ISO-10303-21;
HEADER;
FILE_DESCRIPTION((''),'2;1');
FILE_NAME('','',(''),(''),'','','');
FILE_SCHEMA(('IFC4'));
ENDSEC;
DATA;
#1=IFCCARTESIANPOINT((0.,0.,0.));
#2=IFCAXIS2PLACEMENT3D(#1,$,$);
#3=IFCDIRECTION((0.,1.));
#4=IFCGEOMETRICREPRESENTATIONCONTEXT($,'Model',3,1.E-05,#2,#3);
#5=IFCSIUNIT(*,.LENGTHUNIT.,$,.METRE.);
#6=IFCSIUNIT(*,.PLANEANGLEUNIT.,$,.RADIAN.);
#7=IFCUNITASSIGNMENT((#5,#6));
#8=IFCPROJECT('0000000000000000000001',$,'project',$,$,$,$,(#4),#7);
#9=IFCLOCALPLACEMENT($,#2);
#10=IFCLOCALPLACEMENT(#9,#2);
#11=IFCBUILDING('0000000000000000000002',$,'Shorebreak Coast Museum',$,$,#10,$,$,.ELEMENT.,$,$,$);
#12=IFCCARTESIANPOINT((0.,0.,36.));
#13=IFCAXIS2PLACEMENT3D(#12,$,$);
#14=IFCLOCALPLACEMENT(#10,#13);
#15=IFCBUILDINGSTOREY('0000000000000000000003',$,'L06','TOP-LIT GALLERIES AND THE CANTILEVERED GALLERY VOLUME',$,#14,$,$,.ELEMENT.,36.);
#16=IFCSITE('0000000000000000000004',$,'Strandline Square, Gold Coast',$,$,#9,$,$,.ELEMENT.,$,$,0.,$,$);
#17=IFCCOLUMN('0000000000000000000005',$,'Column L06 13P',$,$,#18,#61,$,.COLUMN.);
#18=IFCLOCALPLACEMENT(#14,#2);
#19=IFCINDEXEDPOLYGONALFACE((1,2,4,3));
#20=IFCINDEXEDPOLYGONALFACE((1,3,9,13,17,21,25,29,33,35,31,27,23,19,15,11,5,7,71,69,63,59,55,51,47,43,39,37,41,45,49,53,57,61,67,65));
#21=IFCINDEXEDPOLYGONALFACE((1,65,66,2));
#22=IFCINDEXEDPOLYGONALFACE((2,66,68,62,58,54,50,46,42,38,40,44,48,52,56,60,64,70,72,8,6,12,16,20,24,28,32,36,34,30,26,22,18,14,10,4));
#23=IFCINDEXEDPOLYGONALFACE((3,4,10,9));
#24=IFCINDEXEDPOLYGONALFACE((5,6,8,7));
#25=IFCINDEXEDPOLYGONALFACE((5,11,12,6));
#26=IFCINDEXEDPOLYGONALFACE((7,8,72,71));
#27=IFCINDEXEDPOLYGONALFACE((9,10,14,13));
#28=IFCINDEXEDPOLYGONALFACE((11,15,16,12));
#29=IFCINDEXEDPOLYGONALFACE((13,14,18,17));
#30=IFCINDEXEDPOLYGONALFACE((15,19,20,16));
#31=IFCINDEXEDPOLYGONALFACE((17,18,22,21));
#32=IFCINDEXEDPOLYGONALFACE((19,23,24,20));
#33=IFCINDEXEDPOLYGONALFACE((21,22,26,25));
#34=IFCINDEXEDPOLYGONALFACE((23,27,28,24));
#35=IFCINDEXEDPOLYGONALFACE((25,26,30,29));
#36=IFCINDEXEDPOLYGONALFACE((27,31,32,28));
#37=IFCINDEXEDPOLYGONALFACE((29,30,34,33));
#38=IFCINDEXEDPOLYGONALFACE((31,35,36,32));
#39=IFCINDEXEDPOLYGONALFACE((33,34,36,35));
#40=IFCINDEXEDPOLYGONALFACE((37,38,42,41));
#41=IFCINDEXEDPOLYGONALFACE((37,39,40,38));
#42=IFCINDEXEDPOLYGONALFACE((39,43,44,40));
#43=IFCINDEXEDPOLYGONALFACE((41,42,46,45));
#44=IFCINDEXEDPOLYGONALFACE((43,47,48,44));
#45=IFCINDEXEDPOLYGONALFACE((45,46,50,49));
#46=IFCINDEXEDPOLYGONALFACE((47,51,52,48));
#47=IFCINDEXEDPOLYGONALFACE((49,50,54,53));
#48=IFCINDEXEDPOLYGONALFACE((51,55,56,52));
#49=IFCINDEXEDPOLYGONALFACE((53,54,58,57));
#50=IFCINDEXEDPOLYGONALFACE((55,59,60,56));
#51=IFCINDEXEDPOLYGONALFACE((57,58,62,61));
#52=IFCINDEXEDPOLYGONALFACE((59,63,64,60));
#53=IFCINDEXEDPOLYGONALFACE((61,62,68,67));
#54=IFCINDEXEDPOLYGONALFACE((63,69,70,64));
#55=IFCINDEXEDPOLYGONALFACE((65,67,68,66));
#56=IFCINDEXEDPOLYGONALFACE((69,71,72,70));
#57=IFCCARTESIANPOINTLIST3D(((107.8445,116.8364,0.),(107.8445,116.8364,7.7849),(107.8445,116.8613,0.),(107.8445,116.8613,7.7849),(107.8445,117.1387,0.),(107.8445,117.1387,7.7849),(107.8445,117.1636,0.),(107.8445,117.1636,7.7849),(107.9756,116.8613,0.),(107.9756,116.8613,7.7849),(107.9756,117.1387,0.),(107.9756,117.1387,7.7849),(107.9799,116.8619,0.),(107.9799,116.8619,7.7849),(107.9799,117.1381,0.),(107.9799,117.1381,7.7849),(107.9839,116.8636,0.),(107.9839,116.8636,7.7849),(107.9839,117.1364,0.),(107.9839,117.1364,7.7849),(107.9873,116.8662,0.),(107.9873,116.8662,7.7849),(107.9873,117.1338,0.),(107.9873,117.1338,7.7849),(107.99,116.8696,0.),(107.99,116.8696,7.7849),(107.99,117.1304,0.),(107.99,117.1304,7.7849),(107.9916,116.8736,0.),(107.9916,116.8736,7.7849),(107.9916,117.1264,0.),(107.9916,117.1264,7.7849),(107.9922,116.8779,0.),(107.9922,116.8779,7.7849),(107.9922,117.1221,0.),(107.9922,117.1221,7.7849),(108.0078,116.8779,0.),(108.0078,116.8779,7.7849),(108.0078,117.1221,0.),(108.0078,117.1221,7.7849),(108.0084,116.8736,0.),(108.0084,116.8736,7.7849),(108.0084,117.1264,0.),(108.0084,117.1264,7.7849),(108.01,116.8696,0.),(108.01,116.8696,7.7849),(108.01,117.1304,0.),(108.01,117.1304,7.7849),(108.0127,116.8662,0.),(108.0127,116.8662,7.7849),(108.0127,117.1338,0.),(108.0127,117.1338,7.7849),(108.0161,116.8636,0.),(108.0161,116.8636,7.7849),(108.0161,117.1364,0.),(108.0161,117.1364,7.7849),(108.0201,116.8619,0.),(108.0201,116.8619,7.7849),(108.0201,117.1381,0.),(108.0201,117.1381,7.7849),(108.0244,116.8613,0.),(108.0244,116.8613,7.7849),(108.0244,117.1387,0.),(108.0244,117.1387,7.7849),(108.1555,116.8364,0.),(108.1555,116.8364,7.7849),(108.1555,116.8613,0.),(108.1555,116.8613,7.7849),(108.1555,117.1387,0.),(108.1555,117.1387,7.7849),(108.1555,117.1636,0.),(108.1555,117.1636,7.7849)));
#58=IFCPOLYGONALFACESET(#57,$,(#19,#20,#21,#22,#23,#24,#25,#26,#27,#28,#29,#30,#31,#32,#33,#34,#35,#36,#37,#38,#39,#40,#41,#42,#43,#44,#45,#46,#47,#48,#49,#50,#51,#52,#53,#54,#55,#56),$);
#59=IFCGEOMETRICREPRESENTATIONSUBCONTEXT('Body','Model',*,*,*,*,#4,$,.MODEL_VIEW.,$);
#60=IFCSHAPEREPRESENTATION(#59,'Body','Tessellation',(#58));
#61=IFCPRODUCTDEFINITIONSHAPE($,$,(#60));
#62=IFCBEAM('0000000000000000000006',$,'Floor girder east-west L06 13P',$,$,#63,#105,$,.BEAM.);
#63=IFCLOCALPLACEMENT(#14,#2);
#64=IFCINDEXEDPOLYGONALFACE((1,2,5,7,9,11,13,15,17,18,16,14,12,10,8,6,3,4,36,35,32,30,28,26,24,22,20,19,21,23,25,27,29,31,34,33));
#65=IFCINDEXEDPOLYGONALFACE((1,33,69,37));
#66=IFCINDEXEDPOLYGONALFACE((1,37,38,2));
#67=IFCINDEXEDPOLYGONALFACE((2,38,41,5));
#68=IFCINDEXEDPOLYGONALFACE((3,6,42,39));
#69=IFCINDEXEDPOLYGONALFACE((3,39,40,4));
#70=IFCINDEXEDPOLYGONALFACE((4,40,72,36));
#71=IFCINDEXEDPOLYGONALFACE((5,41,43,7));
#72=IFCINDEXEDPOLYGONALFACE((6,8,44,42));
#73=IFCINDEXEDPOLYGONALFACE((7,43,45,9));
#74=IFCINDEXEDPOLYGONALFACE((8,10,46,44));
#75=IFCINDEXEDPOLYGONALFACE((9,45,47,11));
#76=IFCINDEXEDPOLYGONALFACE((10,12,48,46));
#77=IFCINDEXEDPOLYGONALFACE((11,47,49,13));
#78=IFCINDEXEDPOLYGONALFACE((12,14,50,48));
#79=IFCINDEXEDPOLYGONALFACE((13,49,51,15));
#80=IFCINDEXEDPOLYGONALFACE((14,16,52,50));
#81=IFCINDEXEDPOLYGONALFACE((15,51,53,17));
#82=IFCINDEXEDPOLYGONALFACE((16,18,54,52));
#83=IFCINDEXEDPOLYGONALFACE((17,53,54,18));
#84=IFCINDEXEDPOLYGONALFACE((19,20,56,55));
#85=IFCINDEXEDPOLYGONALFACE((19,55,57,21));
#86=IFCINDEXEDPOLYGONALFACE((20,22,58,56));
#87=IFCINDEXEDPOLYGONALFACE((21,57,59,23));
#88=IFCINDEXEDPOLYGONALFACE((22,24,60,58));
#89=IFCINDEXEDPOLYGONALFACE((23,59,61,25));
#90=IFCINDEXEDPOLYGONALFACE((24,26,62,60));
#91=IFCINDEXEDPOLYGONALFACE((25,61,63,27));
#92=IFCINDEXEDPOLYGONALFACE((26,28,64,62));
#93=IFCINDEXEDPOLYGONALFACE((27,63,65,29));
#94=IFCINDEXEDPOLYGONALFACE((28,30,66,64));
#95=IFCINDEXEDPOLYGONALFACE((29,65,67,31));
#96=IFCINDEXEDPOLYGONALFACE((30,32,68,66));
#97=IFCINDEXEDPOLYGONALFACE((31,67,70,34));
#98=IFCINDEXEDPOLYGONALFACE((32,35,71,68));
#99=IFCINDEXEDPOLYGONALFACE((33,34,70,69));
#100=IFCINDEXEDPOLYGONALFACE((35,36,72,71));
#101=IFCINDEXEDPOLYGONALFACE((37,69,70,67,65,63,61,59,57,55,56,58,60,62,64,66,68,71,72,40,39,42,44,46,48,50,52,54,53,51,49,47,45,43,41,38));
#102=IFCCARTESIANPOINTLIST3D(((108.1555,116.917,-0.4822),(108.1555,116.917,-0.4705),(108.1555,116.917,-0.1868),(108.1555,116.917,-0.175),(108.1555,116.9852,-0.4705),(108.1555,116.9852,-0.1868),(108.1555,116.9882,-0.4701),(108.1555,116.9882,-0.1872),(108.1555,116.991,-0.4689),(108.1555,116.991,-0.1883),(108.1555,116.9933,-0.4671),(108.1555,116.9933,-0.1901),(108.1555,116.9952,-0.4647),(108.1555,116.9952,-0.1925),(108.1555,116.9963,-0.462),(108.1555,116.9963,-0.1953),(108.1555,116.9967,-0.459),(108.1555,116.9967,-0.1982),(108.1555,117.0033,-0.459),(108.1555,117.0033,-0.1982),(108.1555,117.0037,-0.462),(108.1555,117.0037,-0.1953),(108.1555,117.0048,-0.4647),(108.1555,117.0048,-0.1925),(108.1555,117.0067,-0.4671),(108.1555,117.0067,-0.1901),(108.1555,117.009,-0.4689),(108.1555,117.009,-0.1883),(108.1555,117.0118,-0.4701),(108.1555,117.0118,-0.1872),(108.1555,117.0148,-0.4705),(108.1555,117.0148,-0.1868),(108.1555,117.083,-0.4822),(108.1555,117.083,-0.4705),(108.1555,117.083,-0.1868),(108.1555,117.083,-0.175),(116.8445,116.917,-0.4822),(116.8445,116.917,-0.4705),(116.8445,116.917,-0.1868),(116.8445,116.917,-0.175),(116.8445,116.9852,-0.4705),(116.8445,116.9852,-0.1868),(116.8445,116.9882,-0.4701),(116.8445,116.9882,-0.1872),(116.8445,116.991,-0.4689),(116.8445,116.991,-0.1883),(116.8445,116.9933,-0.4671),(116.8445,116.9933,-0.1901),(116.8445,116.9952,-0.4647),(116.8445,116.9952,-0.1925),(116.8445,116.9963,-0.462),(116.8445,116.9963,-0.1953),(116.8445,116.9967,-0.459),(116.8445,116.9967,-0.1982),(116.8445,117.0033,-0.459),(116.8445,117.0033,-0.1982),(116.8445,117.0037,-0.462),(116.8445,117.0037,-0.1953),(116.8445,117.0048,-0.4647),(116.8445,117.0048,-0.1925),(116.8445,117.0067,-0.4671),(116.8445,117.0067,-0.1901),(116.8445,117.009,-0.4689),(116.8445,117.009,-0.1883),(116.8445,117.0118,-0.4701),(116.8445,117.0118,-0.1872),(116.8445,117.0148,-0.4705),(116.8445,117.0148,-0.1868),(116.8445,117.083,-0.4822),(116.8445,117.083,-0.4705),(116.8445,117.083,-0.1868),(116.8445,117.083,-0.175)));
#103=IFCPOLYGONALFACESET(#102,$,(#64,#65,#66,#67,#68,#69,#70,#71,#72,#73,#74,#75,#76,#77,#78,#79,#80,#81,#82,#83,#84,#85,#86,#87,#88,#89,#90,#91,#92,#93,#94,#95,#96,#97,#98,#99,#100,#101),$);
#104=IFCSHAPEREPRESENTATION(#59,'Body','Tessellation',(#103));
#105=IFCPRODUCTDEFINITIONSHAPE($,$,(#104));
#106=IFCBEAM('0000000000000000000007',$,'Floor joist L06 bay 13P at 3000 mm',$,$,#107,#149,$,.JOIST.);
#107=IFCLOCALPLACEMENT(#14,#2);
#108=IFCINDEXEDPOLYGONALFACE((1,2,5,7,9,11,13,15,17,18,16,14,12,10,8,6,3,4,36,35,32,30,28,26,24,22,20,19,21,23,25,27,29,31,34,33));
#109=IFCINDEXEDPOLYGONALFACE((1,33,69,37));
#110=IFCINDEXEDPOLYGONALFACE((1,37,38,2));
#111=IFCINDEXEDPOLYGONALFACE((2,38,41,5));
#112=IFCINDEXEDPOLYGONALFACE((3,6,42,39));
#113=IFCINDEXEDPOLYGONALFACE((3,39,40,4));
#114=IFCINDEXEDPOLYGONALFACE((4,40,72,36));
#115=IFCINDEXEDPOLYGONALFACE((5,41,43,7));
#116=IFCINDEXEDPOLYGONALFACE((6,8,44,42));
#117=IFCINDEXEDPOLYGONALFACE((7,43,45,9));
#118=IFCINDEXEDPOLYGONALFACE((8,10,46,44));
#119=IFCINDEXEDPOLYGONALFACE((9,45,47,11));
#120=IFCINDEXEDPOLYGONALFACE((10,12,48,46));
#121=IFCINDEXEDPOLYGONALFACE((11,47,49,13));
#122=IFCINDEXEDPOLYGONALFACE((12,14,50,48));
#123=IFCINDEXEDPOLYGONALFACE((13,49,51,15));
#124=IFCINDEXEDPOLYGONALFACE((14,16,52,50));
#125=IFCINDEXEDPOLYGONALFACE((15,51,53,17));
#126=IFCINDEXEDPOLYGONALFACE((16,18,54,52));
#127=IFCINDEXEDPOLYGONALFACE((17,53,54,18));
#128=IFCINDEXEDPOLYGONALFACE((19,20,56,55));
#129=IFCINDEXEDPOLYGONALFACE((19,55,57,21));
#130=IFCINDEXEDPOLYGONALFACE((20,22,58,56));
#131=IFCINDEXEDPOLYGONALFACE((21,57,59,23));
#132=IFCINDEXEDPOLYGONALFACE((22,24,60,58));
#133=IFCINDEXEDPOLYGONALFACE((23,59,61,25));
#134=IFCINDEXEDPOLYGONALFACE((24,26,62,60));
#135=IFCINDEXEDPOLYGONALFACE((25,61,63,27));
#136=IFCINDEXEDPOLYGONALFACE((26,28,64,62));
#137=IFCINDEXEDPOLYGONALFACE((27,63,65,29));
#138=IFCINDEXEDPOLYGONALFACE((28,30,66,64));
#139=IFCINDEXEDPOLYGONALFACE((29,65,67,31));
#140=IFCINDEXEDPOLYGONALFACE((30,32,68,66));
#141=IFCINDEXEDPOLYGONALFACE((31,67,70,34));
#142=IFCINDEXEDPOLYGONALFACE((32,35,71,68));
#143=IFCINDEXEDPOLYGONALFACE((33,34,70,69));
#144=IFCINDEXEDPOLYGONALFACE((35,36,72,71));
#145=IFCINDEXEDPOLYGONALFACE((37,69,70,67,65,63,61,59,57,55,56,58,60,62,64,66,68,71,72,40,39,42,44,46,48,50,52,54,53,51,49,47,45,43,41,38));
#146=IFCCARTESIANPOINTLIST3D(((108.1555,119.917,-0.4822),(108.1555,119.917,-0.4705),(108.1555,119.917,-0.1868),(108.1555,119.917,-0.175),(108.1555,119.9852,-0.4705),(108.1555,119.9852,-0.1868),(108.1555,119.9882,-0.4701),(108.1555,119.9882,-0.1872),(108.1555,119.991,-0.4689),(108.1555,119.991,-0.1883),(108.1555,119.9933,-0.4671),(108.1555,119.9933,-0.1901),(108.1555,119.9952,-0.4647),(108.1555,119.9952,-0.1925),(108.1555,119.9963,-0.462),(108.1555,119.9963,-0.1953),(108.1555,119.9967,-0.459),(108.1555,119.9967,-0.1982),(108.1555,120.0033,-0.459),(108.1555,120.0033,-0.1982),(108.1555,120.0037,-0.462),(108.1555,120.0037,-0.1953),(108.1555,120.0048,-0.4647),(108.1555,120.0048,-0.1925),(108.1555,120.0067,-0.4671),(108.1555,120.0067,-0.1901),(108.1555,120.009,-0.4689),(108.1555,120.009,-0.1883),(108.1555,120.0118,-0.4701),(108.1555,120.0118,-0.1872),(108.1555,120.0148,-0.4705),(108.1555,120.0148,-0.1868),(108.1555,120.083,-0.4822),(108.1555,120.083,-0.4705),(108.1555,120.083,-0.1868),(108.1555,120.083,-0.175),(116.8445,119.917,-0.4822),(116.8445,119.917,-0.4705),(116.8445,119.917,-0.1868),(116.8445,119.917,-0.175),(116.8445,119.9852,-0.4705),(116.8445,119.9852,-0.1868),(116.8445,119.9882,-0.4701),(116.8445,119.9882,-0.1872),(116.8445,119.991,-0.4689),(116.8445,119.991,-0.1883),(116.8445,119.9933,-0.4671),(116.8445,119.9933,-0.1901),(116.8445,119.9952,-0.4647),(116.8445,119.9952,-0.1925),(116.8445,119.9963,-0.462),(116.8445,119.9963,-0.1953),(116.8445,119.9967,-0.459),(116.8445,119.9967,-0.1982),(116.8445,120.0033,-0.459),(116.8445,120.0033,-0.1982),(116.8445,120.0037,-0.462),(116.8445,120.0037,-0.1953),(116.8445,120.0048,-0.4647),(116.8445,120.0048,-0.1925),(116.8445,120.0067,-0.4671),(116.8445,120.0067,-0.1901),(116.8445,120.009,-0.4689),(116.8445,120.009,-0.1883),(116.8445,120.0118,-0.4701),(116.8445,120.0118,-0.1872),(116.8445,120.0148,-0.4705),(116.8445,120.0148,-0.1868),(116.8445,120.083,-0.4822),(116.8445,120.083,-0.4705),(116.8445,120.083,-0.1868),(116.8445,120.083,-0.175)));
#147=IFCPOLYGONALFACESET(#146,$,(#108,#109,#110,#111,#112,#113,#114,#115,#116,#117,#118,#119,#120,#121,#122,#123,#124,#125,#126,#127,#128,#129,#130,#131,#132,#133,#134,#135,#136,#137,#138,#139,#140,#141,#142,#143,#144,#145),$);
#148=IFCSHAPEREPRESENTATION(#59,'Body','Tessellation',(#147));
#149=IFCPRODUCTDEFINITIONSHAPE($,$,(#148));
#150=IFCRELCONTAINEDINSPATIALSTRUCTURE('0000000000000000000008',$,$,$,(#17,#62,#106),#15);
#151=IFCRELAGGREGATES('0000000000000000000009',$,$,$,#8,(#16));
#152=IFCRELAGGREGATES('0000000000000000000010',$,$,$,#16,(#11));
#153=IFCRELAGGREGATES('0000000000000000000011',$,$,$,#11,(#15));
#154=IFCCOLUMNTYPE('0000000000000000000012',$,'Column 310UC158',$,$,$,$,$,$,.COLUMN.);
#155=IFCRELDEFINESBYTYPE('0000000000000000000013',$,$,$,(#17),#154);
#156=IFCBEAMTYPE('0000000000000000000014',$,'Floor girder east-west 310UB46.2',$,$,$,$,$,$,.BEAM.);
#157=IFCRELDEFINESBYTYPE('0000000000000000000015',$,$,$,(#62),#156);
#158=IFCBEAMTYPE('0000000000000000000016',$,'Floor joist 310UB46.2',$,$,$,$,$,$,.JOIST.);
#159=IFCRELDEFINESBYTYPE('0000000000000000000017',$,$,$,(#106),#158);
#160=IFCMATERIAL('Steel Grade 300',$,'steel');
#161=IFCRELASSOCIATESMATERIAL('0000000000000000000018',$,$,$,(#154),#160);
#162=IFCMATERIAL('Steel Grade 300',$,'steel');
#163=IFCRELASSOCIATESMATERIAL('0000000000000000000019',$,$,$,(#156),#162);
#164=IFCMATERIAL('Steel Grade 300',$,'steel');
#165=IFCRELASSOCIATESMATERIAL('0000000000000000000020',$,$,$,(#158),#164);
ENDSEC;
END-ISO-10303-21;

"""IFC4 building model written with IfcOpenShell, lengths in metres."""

from ifc_helpers import new_model, si_unit, direction, frame, origin, origin_2d, place, context, subcontext, project, spatial, i_section, extrude, material, material_profile, profile_set, type_object, element, save


model = new_model("IFC4")

# Units and contexts
model_context = context("Model", 3, precision=1e-05, world=origin(), true_north=direction((0.0, 1.0)))
body_context = subcontext(model_context, "Body", "Model", "MODEL_VIEW")
ifc_project = project(units=[si_unit("LENGTHUNIT", "METRE"), si_unit("PLANEANGLEUNIT", "RADIAN")], contexts=[model_context])

# Site, building, storey
site_placement = place(None, origin())
site = spatial("IfcSite", under=ifc_project, at=site_placement, Name="Strandline Square, Gold Coast", CompositionType="ELEMENT", RefElevation=0.0)
building_placement = place(site_placement, origin())
building = spatial("IfcBuilding", under=site, at=building_placement, Name="Shorebreak Coast Museum", CompositionType="ELEMENT")
storey_placement = place(building_placement, frame((0.0, 0.0, 36.0)))
storey = spatial("IfcBuildingStorey", under=building, at=storey_placement, Name="L06", Description="TOP-LIT GALLERIES AND THE CANTILEVERED GALLERY VOLUME", CompositionType="ELEMENT", Elevation=36.0)

# Column
ifc_material_1 = material(Name="Steel Grade 300", Category="steel")
ifc_material_profile_1 = material_profile(ifc_material_1, i_section(OverallWidth=0.311, OverallDepth=0.3271, WebThickness=0.0156, FlangeThickness=0.0249, FilletRadius=0.0166, at=origin_2d()), Name="310UC158")
ifc_profile_set_1 = profile_set([ifc_material_profile_1], Name="Steel Grade 300")
column_type = type_object("IfcColumnType", Name="Column 310UC158", PredefinedType="COLUMN", material=ifc_profile_set_1)
column_placement = place(storey_placement, frame((108.0, 117.0, 0.0), z_axis=(0.0, 0.0, 1.0), x_axis=(1.0, 0.0, 0.0)))
element("IfcColumn", 1, at=column_placement, inside=storey, type_object=column_type, Name="Column L06 13P", PredefinedType="COLUMN", context=body_context, shape_type="SweptSolid", body=[
    extrude(i_section(OverallWidth=0.311, OverallDepth=0.3271, WebThickness=0.0156, FlangeThickness=0.0249, FilletRadius=0.0166, at=origin_2d()), origin(), (0.0, 0.0, 1.0), 7.7849),
])

# Beams
ifc_material_2 = material(Name="Steel Grade 300", Category="steel")
ifc_material_profile_2 = material_profile(ifc_material_2, i_section(OverallWidth=0.166, OverallDepth=0.3071, WebThickness=0.0066, FlangeThickness=0.0117, FilletRadius=0.0115, at=origin_2d()), Name="310UB46.2")
ifc_profile_set_2 = profile_set([ifc_material_profile_2], Name="Steel Grade 300")
beam_type_1 = type_object("IfcBeamType", Name="Floor girder east-west 310UB46.2", PredefinedType="BEAM", material=ifc_profile_set_2)
beam_1_placement = place(storey_placement, frame((108.1555, 117.0, -0.3286), z_axis=(1.0, 0.0, 0.0), x_axis=(0.0, 1.0, 0.0)))
element("IfcBeam", 2, at=beam_1_placement, inside=storey, type_object=beam_type_1, Name="Floor girder east-west L06 13P", PredefinedType="BEAM", context=body_context, shape_type="SweptSolid", body=[
    extrude(i_section(OverallWidth=0.166, OverallDepth=0.3071, WebThickness=0.0066, FlangeThickness=0.0117, FilletRadius=0.0115, at=origin_2d()), origin(), (0.0, 0.0, 1.0), 8.689),
])
ifc_material_3 = material(Name="Steel Grade 300", Category="steel")
ifc_material_profile_3 = material_profile(ifc_material_3, i_section(OverallWidth=0.166, OverallDepth=0.3071, WebThickness=0.0066, FlangeThickness=0.0117, FilletRadius=0.0115, at=origin_2d()), Name="310UB46.2")
ifc_profile_set_3 = profile_set([ifc_material_profile_3], Name="Steel Grade 300")
beam_type_2 = type_object("IfcBeamType", Name="Floor joist 310UB46.2", PredefinedType="JOIST", material=ifc_profile_set_3)
beam_2_placement = place(storey_placement, frame((108.1555, 120.0, -0.3286), z_axis=(1.0, 0.0, 0.0), x_axis=(0.0, 1.0, 0.0)))
element("IfcBeam", 3, at=beam_2_placement, inside=storey, type_object=beam_type_2, Name="Floor joist L06 bay 13P at 3000 mm", PredefinedType="JOIST", context=body_context, shape_type="SweptSolid", body=[
    extrude(i_section(OverallWidth=0.166, OverallDepth=0.3071, WebThickness=0.0066, FlangeThickness=0.0117, FilletRadius=0.0115, at=origin_2d()), origin(), (0.0, 0.0, 1.0), 8.689),
])

save(model, "model.ifc")
